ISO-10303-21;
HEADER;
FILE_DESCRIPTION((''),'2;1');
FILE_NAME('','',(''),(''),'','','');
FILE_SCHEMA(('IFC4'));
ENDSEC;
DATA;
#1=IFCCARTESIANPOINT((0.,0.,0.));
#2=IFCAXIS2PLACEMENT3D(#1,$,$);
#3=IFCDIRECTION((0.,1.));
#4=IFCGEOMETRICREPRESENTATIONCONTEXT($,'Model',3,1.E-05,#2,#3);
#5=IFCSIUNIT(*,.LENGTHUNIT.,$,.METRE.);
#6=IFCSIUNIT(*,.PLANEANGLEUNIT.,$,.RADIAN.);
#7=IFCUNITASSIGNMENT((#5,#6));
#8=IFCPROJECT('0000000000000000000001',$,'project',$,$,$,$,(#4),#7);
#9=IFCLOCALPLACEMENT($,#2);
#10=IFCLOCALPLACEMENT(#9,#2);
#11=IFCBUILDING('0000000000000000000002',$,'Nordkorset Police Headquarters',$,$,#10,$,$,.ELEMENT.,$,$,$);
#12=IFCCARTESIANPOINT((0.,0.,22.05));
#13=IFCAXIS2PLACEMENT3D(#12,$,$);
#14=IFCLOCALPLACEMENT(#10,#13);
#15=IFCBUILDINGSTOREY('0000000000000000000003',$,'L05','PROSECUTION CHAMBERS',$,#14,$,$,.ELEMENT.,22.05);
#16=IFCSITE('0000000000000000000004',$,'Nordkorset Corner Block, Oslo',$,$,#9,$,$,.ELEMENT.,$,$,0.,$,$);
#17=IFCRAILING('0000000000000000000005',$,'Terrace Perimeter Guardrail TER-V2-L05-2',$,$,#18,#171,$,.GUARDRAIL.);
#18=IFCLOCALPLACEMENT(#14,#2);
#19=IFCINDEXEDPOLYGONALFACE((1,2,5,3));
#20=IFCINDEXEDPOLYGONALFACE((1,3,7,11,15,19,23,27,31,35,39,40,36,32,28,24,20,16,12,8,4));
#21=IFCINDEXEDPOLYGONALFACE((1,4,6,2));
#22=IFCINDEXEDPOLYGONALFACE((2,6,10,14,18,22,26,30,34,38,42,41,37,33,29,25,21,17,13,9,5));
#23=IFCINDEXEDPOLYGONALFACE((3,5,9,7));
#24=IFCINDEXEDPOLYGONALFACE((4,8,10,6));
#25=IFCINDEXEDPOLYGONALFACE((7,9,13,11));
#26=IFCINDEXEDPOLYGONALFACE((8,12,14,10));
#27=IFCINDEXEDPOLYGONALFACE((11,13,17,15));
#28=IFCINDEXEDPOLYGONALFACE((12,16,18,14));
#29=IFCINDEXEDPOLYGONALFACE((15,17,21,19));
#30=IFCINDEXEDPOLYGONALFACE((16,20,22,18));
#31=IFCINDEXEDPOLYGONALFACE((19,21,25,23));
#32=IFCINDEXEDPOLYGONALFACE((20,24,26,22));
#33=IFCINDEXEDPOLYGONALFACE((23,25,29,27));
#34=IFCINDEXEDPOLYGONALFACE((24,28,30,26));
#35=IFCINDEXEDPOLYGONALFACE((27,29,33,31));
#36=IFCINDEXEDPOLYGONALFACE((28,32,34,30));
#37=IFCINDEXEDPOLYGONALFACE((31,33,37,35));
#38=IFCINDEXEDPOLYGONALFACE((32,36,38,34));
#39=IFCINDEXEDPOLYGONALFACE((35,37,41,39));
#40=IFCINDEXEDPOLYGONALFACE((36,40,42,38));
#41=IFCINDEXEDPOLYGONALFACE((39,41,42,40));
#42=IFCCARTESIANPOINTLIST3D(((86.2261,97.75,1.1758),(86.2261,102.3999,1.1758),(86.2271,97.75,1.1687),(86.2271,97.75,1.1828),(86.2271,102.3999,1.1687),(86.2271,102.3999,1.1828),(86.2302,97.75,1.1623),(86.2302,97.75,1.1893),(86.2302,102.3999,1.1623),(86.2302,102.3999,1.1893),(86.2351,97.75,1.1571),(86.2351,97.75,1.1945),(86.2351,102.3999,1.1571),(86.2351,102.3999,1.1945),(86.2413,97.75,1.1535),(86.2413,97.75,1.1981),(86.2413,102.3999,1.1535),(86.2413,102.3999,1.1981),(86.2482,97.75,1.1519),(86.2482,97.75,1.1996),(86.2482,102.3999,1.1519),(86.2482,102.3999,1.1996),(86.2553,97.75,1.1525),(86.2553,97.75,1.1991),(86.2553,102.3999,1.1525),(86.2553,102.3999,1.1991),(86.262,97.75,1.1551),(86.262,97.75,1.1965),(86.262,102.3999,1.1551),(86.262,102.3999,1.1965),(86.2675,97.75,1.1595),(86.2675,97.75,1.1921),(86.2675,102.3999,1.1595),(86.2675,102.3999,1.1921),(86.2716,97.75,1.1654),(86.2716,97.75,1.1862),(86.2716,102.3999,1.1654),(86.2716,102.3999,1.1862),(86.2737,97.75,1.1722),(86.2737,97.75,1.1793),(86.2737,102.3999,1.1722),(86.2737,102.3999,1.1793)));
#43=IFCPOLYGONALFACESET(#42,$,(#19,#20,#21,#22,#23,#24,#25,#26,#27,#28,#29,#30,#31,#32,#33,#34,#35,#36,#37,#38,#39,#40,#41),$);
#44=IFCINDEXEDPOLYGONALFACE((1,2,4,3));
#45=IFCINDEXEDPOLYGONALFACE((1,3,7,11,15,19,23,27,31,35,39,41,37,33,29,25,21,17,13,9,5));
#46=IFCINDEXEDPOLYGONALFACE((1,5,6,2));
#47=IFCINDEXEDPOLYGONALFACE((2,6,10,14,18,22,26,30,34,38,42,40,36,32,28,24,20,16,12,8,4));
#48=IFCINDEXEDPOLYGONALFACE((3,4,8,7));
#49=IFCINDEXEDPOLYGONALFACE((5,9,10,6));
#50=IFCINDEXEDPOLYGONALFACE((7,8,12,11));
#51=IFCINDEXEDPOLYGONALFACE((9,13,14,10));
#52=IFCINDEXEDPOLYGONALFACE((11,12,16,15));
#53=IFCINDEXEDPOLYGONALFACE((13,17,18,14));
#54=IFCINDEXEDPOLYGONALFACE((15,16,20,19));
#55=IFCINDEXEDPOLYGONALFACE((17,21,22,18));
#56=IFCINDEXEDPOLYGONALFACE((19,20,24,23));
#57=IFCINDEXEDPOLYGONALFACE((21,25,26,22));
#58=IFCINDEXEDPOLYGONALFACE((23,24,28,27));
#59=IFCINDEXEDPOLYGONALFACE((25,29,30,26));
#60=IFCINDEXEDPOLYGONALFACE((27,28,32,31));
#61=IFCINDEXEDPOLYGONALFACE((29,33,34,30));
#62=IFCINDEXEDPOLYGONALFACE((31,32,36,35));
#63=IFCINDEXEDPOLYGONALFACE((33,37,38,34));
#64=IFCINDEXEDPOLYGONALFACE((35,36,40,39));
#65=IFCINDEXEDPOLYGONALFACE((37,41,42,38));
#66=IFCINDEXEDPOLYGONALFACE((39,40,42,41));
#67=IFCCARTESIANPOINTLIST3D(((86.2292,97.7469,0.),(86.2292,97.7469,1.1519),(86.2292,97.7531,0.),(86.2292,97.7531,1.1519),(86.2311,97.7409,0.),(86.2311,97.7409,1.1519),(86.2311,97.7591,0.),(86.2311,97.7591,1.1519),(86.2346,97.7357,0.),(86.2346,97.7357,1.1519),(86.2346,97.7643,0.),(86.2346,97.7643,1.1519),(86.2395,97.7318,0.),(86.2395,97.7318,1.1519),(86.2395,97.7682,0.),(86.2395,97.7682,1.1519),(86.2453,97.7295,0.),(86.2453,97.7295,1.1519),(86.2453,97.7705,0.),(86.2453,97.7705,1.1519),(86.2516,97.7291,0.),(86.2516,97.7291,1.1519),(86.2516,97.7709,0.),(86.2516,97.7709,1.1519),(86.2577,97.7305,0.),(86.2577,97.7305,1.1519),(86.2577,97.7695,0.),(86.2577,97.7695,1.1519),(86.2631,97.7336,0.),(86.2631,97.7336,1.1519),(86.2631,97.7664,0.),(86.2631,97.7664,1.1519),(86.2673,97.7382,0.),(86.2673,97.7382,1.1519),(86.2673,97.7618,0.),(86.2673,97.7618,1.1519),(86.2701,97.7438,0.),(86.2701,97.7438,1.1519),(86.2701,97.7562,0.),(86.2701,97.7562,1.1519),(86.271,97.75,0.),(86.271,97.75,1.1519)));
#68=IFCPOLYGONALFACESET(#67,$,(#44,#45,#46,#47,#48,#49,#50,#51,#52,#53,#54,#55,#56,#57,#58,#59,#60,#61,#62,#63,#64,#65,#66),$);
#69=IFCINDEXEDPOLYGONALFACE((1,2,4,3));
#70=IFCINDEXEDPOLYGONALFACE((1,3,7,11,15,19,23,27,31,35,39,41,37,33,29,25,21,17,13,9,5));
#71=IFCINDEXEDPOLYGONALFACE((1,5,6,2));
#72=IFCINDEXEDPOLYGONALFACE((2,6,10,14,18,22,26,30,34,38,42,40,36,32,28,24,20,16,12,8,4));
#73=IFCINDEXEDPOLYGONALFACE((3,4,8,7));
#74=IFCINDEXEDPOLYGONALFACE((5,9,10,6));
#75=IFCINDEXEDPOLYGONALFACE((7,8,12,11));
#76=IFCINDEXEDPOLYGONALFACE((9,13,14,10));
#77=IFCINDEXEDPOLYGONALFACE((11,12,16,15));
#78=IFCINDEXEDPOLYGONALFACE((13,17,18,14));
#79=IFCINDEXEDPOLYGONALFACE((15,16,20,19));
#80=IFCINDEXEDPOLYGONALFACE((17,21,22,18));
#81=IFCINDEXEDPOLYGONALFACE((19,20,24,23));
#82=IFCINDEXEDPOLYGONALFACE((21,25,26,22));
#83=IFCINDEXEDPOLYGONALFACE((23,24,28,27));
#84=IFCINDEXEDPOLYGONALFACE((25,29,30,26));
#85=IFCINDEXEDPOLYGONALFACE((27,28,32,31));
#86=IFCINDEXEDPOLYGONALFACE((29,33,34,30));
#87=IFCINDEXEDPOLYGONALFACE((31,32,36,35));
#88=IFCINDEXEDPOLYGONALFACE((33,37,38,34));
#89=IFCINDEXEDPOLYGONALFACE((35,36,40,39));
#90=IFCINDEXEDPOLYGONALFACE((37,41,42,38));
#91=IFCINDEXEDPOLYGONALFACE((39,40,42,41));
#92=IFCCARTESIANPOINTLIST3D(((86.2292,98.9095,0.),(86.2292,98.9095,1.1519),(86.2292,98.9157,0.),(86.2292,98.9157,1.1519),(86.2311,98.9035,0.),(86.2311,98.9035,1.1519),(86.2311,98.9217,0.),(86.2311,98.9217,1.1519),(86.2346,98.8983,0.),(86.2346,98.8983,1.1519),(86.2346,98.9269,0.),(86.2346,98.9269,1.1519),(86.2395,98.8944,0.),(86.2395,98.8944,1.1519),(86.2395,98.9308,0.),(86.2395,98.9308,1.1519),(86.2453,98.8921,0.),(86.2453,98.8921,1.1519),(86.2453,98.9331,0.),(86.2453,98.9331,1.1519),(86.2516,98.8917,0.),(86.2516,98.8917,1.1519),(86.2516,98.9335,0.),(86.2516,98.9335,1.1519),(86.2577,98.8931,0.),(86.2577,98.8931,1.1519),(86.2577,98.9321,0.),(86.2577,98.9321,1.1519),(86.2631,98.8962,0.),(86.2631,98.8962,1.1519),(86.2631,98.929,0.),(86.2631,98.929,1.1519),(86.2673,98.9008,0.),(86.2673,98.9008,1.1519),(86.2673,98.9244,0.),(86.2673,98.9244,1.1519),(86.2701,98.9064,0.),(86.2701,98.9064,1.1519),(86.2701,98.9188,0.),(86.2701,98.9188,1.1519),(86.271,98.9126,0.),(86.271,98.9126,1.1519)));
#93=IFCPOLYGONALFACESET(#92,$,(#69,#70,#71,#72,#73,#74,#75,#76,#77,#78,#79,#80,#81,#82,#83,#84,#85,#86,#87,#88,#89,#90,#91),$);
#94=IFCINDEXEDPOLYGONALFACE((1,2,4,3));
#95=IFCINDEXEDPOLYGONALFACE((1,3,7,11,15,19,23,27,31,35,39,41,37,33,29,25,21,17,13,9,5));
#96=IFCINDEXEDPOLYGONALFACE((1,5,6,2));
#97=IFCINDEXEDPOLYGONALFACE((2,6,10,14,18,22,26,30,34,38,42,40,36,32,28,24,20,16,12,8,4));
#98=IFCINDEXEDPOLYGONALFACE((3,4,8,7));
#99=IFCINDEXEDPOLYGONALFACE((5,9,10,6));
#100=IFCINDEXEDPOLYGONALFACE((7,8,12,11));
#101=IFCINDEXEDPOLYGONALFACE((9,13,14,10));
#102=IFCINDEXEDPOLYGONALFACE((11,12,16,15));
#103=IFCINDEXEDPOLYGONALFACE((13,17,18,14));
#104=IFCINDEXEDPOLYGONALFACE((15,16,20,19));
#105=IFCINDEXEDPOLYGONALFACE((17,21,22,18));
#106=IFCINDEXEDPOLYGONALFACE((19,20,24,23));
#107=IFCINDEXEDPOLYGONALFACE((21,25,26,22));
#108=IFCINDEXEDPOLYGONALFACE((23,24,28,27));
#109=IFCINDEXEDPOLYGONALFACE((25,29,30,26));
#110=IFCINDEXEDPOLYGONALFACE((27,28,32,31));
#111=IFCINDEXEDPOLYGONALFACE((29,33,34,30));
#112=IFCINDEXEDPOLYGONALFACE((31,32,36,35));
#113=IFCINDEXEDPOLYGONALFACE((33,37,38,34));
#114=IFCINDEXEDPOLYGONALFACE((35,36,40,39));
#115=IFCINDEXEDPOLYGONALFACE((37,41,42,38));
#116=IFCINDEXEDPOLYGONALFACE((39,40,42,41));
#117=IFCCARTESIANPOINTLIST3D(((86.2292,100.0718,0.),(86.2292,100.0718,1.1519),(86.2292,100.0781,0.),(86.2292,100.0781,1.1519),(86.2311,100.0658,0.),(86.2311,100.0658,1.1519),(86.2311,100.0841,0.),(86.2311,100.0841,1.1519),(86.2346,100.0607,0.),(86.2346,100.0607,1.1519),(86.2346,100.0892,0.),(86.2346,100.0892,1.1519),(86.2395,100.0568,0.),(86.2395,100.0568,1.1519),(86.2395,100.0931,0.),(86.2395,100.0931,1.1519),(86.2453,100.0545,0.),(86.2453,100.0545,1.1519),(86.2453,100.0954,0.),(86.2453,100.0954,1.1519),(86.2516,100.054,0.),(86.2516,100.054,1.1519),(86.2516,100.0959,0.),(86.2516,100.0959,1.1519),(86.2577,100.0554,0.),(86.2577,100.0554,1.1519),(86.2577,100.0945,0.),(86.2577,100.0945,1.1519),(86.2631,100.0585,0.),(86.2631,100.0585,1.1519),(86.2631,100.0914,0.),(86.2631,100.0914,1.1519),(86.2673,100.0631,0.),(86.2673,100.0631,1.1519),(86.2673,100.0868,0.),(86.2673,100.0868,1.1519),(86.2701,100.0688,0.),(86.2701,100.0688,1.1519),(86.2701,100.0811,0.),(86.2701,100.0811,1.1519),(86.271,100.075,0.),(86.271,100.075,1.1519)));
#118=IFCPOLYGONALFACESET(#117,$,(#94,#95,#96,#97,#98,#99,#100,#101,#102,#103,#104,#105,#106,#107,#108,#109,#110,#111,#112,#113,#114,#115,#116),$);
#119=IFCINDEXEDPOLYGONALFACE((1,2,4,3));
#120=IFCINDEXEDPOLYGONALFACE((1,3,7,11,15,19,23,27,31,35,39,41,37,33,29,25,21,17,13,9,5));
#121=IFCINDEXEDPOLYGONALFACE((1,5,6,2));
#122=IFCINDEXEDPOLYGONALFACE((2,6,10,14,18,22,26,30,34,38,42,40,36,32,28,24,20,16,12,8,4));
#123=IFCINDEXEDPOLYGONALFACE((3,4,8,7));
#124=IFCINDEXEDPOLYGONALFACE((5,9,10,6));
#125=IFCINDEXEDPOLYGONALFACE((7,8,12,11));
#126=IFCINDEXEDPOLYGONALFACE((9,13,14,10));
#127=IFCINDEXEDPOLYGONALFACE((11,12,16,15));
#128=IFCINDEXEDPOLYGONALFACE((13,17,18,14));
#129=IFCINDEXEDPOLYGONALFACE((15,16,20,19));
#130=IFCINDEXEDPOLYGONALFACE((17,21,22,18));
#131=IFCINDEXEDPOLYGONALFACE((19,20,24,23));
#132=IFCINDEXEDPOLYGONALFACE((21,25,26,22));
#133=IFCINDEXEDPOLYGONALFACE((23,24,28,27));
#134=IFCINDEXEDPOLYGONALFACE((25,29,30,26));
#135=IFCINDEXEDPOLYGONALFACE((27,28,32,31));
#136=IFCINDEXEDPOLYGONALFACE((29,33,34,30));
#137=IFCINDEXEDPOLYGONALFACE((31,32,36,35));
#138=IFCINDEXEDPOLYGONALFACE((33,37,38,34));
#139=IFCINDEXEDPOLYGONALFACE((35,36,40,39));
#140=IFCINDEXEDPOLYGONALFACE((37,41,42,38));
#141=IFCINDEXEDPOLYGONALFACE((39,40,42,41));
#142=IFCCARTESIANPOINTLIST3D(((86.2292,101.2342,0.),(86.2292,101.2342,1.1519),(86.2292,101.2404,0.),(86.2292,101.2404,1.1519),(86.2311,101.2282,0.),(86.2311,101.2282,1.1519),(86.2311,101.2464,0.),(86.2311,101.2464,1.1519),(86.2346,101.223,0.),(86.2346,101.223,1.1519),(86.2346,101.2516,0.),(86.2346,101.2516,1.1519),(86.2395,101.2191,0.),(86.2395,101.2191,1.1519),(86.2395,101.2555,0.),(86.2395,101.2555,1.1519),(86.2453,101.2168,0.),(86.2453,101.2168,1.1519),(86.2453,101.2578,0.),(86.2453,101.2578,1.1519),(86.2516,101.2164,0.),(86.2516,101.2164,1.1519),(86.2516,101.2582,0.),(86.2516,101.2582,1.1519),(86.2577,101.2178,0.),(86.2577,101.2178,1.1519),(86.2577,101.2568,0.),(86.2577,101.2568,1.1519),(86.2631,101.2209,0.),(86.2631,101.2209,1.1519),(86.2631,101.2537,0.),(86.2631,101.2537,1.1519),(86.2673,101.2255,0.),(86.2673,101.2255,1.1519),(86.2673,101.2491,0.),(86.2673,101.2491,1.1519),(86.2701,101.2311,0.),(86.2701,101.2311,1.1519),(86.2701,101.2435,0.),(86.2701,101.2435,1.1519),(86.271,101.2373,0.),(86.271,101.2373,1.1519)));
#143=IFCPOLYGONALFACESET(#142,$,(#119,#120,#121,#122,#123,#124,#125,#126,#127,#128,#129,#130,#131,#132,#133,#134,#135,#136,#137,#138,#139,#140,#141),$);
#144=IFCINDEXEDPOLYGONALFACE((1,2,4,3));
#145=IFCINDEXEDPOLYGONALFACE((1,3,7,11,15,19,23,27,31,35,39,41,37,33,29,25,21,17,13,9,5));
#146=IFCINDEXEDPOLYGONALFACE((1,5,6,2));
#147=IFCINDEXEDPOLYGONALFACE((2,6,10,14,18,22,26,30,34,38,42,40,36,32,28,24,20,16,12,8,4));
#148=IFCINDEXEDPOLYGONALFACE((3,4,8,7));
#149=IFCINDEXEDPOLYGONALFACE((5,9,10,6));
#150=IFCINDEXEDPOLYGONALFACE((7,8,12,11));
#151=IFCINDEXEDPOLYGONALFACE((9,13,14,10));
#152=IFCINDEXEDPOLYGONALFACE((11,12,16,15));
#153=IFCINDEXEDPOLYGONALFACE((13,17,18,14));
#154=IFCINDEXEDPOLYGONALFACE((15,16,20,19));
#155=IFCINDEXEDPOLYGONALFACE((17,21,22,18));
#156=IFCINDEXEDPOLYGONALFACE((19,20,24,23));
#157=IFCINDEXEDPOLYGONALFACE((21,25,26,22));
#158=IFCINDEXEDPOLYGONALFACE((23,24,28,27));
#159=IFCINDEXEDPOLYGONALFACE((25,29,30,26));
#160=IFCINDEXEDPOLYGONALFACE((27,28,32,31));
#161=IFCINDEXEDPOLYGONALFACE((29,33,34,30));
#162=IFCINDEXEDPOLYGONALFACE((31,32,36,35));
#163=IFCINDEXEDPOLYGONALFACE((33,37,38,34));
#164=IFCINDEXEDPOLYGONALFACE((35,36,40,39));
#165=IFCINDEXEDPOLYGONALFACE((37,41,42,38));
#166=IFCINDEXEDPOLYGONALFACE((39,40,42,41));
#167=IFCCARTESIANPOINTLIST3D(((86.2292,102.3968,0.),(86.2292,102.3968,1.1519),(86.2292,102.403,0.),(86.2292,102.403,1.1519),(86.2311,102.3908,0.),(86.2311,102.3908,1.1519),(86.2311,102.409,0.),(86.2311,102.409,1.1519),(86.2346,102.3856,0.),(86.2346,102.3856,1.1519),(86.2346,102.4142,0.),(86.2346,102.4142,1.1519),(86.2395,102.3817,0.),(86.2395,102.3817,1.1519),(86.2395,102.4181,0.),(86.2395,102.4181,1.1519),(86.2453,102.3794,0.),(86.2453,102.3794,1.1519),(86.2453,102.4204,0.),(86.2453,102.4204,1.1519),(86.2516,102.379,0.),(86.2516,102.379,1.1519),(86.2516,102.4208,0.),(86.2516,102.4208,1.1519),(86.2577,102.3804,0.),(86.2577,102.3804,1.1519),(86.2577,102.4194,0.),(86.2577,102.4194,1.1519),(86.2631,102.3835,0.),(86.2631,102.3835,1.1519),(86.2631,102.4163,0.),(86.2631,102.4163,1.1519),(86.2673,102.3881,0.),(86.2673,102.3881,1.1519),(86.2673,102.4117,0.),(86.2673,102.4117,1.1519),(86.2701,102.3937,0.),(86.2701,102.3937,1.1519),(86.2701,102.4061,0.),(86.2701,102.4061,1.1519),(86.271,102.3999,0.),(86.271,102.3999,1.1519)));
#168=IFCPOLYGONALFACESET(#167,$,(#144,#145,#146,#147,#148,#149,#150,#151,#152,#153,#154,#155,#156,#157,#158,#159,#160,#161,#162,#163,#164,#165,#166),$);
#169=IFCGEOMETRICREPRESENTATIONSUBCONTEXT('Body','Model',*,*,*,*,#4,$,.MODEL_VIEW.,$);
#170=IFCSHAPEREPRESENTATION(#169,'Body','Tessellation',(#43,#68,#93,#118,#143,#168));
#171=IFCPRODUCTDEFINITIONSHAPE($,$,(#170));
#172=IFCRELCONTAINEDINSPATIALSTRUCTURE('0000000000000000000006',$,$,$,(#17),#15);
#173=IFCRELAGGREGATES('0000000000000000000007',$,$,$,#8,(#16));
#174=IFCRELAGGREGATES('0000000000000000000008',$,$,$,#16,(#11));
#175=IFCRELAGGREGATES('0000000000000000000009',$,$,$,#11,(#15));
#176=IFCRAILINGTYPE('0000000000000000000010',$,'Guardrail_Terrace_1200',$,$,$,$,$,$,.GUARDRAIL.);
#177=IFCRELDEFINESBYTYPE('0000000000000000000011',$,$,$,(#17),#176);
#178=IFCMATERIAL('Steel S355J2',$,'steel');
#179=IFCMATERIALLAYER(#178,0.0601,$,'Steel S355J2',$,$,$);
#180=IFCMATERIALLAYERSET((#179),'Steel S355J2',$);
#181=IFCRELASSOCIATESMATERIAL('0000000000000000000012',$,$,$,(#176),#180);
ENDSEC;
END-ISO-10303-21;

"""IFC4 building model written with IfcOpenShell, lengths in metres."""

from ifc_helpers import new_model, si_unit, direction, frame, origin, origin_2d, place, context, subcontext, project, spatial, circle, extrude, material, layer, layer_set, type_object, element, save


model = new_model("IFC4")

# Units and contexts
model_context = context("Model", 3, precision=1e-05, world=origin(), true_north=direction((0.0, 1.0)))
body_context = subcontext(model_context, "Body", "Model", "MODEL_VIEW")
ifc_project = project(units=[si_unit("LENGTHUNIT", "METRE"), si_unit("PLANEANGLEUNIT", "RADIAN")], contexts=[model_context])

# Site, building, storey
site_placement = place(None, origin())
site = spatial("IfcSite", under=ifc_project, at=site_placement, Name="Nordkorset Corner Block, Oslo", CompositionType="ELEMENT", RefElevation=0.0)
building_placement = place(site_placement, origin())
building = spatial("IfcBuilding", under=site, at=building_placement, Name="Nordkorset Police Headquarters", CompositionType="ELEMENT")
storey_placement = place(building_placement, frame((0.0, 0.0, 22.05)))
storey = spatial("IfcBuildingStorey", under=building, at=storey_placement, Name="L05", Description="PROSECUTION CHAMBERS", CompositionType="ELEMENT", Elevation=22.05)

# Railing
ifc_material_1 = material(Name="Steel S355J2", Category="steel")
ifc_layer_1 = layer(ifc_material_1, 0.0601, Name="Steel S355J2")
ifc_layer_set_1 = layer_set([ifc_layer_1], Name="Steel S355J2")
railing_type = type_object("IfcRailingType", Name="Guardrail_Terrace_1200", PredefinedType="GUARDRAIL", material=ifc_layer_set_1)
railing_placement = place(storey_placement, frame((86.25, 97.75, 0.0)))
element("IfcRailing", 1, at=railing_placement, inside=storey, type_object=railing_type, Name="Terrace Perimeter Guardrail TER-V2-L05-2", PredefinedType="GUARDRAIL", context=body_context, shape_type="SweptSolid", body=[
    extrude(circle(Radius=0.0239, at=origin_2d()), frame((0.0, 0.0, 1.1758), z_axis=(0.0, 1.0, 0.0), x_axis=(-1.0, 0.0, 0.0)), (0.0, 0.0, 1.0), 4.6499),
    extrude(circle(Radius=0.021, at=origin_2d()), origin(), (0.0, 0.0, 1.0), 1.1519),
    extrude(circle(Radius=0.021, at=origin_2d()), frame((0.0, 1.1626, 0.0)), (0.0, 0.0, 1.0), 1.1519),
    extrude(circle(Radius=0.021, at=origin_2d()), frame((0.0, 2.325, 0.0)), (0.0, 0.0, 1.0), 1.1519),
    extrude(circle(Radius=0.021, at=origin_2d()), frame((0.0, 3.4873, 0.0)), (0.0, 0.0, 1.0), 1.1519),
    extrude(circle(Radius=0.021, at=origin_2d()), frame((0.0, 4.6499, 0.0)), (0.0, 0.0, 1.0), 1.1519),
])

save(model, "model.ifc")
